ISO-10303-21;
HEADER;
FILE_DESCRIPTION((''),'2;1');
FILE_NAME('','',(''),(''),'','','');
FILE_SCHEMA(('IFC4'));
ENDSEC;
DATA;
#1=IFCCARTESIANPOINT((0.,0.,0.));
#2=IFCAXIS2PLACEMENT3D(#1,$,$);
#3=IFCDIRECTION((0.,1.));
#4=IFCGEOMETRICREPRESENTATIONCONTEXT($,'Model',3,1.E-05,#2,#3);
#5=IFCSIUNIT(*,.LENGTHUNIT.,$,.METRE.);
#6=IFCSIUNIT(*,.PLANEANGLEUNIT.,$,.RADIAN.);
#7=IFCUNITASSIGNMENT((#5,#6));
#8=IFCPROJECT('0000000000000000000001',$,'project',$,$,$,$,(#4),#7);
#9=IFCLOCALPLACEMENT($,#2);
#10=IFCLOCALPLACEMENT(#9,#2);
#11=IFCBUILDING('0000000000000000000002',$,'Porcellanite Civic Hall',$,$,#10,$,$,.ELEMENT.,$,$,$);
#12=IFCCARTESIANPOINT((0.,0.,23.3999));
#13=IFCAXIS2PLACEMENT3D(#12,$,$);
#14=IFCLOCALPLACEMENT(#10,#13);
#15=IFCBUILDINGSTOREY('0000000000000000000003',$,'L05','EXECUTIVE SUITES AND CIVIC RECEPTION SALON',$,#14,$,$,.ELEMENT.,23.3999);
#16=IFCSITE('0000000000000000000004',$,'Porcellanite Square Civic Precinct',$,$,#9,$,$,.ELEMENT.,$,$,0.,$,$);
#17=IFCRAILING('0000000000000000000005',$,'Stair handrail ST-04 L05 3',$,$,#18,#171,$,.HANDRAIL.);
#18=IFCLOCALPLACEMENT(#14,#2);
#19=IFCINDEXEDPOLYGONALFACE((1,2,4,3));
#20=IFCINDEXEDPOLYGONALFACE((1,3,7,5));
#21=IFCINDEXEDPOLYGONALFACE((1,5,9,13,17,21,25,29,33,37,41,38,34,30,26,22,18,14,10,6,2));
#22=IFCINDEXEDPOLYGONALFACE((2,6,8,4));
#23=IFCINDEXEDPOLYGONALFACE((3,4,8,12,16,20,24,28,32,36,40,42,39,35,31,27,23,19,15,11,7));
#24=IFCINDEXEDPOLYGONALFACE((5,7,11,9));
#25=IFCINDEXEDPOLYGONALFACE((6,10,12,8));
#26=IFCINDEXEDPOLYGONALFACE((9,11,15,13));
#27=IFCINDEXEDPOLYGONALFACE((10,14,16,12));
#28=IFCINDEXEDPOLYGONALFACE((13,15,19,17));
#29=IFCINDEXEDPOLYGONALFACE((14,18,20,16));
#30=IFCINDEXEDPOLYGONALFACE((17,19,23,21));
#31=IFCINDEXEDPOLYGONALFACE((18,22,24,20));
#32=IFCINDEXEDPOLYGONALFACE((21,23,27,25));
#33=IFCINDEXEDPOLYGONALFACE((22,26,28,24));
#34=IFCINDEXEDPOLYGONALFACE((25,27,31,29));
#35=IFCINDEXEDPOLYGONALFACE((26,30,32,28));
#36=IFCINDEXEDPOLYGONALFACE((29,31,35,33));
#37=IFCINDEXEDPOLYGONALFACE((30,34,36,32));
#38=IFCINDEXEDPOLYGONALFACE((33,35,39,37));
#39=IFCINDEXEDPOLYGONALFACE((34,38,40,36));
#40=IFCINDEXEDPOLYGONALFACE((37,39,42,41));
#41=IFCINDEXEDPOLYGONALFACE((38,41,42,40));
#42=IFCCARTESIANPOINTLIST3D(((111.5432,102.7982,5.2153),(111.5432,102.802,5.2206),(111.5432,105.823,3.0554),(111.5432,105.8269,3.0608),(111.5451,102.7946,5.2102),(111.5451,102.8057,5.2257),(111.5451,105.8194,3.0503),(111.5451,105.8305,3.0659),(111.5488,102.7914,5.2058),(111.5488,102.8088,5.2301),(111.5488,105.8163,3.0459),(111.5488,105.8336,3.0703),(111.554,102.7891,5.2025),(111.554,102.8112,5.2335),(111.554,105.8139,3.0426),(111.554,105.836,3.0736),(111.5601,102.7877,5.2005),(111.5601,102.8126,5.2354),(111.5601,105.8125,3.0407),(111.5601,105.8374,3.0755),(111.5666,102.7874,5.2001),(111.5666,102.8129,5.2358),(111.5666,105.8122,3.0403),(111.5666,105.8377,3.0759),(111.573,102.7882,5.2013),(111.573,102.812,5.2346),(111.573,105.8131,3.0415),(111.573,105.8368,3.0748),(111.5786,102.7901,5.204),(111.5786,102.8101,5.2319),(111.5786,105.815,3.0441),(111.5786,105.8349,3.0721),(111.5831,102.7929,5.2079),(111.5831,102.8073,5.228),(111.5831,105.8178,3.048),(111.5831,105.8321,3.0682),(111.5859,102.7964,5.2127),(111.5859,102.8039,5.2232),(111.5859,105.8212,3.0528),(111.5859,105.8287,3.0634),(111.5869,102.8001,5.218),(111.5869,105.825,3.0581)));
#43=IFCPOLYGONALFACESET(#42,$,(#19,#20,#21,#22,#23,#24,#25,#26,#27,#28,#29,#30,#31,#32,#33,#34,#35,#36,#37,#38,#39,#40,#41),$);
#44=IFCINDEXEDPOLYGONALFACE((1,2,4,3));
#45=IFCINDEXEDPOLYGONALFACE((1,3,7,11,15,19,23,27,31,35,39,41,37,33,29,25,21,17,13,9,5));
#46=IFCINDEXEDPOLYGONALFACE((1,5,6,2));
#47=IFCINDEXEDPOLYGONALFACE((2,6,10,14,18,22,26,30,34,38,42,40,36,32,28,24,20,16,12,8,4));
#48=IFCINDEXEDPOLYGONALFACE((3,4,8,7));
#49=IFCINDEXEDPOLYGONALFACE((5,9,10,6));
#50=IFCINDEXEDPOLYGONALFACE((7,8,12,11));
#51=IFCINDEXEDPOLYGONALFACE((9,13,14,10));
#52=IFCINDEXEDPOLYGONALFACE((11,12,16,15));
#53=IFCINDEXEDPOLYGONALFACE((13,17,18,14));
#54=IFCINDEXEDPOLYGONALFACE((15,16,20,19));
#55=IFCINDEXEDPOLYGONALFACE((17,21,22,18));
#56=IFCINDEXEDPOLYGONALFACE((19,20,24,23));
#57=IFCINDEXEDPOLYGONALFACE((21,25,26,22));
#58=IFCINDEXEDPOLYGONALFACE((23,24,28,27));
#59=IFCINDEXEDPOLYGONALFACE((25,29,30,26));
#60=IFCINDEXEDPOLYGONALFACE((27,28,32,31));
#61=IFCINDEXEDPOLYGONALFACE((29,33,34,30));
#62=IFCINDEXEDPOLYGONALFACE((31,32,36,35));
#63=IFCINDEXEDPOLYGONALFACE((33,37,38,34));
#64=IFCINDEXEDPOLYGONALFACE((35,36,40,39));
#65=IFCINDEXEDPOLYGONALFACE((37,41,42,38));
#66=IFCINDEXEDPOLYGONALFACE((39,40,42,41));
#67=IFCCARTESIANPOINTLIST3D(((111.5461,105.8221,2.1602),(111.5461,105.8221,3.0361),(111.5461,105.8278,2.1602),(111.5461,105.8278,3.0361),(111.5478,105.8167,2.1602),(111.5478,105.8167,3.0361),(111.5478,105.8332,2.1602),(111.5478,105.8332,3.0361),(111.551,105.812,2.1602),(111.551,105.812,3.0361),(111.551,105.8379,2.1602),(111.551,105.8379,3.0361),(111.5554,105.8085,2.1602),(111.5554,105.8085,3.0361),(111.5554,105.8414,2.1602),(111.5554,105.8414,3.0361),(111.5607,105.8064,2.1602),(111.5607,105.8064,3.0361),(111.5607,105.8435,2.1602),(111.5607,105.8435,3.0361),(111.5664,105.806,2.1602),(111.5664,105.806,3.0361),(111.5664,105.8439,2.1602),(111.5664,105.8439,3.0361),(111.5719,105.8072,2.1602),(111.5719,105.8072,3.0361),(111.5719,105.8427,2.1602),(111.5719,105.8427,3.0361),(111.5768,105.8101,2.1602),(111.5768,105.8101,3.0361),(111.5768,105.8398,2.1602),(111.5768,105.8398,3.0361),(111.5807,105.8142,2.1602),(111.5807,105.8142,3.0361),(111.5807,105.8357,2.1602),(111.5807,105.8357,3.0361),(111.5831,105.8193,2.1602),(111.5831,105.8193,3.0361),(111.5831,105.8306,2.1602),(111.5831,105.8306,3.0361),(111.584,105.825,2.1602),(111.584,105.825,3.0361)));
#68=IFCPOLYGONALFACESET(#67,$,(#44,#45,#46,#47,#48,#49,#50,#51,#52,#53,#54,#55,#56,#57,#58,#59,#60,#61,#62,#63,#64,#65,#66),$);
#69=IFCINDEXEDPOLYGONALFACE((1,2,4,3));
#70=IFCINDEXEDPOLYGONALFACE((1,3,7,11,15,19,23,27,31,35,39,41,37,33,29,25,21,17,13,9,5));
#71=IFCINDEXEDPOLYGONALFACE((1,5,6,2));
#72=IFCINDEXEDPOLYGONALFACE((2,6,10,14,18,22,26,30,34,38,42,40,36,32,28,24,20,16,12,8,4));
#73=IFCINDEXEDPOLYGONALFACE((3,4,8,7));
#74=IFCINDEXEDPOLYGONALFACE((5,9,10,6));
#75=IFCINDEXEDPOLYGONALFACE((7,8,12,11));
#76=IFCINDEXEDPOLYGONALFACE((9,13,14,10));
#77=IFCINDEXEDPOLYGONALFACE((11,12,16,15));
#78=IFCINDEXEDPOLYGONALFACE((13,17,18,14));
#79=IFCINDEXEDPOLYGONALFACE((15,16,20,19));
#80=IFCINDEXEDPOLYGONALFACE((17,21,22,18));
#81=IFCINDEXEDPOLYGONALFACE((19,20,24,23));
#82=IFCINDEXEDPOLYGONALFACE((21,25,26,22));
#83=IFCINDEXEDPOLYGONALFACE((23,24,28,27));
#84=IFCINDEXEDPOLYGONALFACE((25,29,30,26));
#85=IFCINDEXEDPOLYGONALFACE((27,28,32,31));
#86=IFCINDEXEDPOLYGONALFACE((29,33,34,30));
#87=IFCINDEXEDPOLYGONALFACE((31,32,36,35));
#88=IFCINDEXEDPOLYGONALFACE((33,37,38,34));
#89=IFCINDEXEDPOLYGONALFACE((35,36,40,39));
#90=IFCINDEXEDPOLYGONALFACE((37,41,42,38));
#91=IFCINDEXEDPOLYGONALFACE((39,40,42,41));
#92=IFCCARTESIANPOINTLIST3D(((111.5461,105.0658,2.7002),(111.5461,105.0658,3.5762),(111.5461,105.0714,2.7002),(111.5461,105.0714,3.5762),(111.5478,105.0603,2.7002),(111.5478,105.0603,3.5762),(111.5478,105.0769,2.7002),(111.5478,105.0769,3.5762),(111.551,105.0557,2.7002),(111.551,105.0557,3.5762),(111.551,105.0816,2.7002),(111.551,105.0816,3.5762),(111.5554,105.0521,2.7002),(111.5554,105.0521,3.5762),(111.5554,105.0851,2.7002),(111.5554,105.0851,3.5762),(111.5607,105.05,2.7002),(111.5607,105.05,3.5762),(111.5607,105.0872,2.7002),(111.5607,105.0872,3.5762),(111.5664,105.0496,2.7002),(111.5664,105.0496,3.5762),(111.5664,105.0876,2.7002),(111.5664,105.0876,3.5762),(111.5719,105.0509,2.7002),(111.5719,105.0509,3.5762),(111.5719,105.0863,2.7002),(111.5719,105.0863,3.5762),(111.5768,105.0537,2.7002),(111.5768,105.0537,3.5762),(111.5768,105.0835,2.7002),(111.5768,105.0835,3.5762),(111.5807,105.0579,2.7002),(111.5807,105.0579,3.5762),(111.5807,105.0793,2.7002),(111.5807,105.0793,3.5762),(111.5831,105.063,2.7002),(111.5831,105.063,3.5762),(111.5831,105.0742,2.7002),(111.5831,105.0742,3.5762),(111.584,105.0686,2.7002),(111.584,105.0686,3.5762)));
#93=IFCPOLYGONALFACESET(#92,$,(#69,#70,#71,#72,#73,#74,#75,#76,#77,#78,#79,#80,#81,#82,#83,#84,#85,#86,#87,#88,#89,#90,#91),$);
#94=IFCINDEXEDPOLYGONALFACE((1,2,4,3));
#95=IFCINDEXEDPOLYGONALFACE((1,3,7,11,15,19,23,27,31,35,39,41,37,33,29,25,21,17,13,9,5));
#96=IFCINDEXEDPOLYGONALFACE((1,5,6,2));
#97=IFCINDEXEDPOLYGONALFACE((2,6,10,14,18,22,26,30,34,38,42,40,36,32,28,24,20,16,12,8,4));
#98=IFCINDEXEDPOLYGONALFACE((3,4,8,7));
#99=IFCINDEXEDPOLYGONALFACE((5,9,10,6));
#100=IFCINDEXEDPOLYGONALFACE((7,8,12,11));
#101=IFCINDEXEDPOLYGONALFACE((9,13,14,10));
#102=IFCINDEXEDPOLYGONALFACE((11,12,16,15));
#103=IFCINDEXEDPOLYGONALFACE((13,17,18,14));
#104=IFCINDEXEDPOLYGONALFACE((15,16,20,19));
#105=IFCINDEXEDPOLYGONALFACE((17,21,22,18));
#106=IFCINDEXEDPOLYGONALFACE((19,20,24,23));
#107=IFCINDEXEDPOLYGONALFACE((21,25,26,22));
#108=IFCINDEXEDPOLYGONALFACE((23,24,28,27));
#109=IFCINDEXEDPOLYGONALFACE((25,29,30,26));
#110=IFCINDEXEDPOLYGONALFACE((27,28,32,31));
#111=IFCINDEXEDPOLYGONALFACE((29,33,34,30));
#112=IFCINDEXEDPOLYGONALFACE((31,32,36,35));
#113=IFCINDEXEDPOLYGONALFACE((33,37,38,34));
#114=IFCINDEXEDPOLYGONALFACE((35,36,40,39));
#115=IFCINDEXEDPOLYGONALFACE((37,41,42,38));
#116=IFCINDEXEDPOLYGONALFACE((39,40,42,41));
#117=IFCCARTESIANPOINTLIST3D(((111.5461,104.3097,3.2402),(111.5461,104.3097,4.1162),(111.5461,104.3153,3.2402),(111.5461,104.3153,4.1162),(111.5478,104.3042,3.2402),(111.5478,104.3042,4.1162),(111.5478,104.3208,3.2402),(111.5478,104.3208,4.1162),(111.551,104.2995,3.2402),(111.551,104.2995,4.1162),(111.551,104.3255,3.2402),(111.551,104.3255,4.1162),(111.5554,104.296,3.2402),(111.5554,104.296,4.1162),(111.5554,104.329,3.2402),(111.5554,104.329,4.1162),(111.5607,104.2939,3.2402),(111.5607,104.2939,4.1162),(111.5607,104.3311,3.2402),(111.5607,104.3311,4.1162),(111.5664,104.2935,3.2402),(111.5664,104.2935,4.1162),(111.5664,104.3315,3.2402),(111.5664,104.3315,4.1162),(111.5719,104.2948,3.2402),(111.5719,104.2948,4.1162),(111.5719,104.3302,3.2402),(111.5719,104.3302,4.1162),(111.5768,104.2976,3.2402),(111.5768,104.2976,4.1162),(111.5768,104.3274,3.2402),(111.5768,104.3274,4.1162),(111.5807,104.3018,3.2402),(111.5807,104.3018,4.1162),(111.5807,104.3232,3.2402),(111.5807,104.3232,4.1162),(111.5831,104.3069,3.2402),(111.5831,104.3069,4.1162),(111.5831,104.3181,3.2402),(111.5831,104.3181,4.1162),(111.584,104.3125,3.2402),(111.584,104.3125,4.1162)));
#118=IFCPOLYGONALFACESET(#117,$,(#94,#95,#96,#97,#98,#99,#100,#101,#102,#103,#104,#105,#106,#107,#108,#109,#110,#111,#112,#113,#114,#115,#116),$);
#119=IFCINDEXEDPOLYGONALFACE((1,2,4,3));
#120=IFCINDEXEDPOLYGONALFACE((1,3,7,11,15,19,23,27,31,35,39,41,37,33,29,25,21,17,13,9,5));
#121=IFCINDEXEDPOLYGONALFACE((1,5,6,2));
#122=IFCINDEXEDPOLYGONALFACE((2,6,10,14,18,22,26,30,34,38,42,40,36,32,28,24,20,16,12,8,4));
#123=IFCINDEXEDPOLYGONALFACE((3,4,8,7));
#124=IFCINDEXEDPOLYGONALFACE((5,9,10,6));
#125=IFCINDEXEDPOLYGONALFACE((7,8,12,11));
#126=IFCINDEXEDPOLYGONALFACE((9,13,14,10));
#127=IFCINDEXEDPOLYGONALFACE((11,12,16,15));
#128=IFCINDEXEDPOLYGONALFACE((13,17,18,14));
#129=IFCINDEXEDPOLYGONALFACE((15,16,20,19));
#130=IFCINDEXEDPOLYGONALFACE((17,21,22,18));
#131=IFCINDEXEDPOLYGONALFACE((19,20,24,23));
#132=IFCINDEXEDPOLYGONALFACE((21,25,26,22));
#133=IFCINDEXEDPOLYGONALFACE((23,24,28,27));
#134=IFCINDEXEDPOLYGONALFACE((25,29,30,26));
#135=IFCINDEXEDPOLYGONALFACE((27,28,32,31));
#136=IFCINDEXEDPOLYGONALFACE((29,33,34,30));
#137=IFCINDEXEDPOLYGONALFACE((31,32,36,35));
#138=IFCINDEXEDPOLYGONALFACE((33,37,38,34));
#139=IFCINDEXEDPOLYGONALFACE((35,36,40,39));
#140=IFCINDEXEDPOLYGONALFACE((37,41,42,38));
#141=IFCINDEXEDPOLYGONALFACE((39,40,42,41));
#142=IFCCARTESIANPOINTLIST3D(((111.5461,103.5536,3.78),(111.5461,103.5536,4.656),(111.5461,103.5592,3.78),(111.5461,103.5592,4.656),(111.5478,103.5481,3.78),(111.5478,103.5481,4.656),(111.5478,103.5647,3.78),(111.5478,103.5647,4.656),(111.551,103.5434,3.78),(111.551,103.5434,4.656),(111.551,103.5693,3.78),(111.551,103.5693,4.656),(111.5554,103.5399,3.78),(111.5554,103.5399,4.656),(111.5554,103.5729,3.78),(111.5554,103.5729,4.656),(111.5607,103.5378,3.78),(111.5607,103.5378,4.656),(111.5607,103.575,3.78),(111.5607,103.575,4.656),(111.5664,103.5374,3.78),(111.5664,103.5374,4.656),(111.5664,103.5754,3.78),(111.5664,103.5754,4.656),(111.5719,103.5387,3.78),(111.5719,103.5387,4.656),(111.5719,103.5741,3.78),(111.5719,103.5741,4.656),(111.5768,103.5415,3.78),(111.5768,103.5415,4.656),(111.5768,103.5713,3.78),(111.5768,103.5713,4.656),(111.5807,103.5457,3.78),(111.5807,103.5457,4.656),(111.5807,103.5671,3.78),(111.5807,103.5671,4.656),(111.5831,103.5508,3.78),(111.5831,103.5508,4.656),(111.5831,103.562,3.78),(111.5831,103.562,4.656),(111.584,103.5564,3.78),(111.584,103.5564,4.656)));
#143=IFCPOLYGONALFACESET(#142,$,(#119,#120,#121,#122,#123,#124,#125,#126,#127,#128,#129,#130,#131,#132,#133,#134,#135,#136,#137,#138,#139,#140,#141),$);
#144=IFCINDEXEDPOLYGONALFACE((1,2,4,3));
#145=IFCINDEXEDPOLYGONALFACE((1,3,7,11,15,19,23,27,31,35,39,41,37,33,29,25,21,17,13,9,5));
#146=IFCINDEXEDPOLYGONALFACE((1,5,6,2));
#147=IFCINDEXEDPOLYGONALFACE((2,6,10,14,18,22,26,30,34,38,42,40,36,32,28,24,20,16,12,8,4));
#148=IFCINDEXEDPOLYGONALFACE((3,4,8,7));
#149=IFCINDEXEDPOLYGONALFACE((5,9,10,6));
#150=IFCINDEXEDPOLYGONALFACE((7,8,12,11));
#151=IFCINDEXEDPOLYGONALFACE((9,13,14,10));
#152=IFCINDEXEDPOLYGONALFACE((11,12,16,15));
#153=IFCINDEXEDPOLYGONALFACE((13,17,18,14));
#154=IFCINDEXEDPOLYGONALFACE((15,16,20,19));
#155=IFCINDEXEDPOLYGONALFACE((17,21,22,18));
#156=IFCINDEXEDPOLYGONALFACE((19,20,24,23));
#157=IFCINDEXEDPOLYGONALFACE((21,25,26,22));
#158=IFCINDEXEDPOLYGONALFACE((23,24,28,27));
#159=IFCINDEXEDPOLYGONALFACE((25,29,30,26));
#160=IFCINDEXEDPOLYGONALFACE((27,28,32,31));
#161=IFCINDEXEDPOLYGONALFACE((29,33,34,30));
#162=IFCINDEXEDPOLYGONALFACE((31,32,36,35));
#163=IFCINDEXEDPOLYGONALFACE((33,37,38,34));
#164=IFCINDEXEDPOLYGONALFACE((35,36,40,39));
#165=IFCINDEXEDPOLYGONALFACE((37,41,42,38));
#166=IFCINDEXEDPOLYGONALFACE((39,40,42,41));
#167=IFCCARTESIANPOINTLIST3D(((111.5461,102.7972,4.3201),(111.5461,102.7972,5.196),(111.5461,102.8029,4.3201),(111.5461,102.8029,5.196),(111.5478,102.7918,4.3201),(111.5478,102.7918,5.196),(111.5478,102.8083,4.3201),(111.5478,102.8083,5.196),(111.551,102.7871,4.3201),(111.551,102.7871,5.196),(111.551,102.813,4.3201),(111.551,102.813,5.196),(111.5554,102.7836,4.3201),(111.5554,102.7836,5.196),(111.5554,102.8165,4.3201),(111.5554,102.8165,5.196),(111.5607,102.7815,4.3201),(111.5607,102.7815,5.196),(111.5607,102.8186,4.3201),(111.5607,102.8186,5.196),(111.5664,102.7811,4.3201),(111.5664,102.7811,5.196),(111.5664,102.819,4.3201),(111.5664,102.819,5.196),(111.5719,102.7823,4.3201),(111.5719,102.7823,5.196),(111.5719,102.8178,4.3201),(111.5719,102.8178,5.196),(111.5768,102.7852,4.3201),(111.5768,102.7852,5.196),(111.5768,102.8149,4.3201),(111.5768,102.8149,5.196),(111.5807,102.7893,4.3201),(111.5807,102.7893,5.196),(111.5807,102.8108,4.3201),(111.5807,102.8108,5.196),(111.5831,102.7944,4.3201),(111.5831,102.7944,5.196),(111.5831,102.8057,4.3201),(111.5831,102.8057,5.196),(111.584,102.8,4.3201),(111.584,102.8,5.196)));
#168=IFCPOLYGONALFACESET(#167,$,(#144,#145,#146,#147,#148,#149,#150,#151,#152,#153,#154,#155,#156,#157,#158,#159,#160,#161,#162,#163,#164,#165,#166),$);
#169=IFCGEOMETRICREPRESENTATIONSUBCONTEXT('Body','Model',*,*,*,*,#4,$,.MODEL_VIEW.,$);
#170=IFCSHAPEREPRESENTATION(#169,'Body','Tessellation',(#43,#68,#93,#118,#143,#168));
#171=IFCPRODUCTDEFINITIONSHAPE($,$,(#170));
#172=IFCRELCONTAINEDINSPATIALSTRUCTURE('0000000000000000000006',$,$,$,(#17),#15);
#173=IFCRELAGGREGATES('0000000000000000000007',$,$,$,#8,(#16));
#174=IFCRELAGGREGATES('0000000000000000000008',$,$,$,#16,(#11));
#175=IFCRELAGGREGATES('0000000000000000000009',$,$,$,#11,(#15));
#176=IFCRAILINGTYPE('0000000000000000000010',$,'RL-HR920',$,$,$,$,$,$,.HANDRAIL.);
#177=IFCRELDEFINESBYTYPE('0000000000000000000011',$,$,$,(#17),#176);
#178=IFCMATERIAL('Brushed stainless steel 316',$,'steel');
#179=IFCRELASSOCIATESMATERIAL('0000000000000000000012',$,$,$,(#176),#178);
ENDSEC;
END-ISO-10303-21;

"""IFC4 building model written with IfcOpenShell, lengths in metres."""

from ifc_helpers import new_model, si_unit, direction, frame, origin, origin_2d, place, context, subcontext, project, spatial, circle, extrude, material, type_object, element, save


model = new_model("IFC4")

# Units and contexts
model_context = context("Model", 3, precision=1e-05, world=origin(), true_north=direction((0.0, 1.0)))
body_context = subcontext(model_context, "Body", "Model", "MODEL_VIEW")
ifc_project = project(units=[si_unit("LENGTHUNIT", "METRE"), si_unit("PLANEANGLEUNIT", "RADIAN")], contexts=[model_context])

# Site, building, storey
site_placement = place(None, origin())
site = spatial("IfcSite", under=ifc_project, at=site_placement, Name="Porcellanite Square Civic Precinct", CompositionType="ELEMENT", RefElevation=0.0)
building_placement = place(site_placement, origin())
building = spatial("IfcBuilding", under=site, at=building_placement, Name="Porcellanite Civic Hall", CompositionType="ELEMENT")
storey_placement = place(building_placement, frame((0.0, 0.0, 23.3999)))
storey = spatial("IfcBuildingStorey", under=building, at=storey_placement, Name="L05", Description="EXECUTIVE SUITES AND CIVIC RECEPTION SALON", CompositionType="ELEMENT", Elevation=23.3999)

# Railing
ifc_material_1 = material(Name="Brushed stainless steel 316", Category="steel")
railing_type_1 = type_object("IfcRailingType", Name="RL-HR920", PredefinedType="HANDRAIL", material=ifc_material_1)
railing_1_placement = place(storey_placement, frame((111.5649, 105.825, 2.1602)))
element("IfcRailing", 1, at=railing_1_placement, inside=storey, type_object=railing_type_1, Name="Stair handrail ST-04 L05 3", PredefinedType="HANDRAIL", context=body_context, shape_type="SweptSolid", body=[
    extrude(circle(Radius=0.022, at=origin_2d()), frame((0.0, 0.0, 0.8979), z_axis=(0.0, -0.813827, 0.581108), x_axis=(1.0, 0.0, 0.0)), (0.0, 0.0, 1.0), 3.7168),
    extrude(circle(Radius=0.019, at=origin_2d()), origin(), (0.0, 0.0, 1.0), 0.876),
    extrude(circle(Radius=0.019, at=origin_2d()), frame((0.0, -0.7563, 0.54)), (0.0, 0.0, 1.0), 0.876),
    extrude(circle(Radius=0.019, at=origin_2d()), frame((0.0, -1.5125, 1.0801)), (0.0, 0.0, 1.0), 0.876),
    extrude(circle(Radius=0.019, at=origin_2d()), frame((0.0, -2.2686, 1.6199)), (0.0, 0.0, 1.0), 0.876),
    extrude(circle(Radius=0.019, at=origin_2d()), frame((0.0, -3.0249, 2.1599)), (0.0, 0.0, 1.0), 0.876),
])

save(model, "model.ifc")
